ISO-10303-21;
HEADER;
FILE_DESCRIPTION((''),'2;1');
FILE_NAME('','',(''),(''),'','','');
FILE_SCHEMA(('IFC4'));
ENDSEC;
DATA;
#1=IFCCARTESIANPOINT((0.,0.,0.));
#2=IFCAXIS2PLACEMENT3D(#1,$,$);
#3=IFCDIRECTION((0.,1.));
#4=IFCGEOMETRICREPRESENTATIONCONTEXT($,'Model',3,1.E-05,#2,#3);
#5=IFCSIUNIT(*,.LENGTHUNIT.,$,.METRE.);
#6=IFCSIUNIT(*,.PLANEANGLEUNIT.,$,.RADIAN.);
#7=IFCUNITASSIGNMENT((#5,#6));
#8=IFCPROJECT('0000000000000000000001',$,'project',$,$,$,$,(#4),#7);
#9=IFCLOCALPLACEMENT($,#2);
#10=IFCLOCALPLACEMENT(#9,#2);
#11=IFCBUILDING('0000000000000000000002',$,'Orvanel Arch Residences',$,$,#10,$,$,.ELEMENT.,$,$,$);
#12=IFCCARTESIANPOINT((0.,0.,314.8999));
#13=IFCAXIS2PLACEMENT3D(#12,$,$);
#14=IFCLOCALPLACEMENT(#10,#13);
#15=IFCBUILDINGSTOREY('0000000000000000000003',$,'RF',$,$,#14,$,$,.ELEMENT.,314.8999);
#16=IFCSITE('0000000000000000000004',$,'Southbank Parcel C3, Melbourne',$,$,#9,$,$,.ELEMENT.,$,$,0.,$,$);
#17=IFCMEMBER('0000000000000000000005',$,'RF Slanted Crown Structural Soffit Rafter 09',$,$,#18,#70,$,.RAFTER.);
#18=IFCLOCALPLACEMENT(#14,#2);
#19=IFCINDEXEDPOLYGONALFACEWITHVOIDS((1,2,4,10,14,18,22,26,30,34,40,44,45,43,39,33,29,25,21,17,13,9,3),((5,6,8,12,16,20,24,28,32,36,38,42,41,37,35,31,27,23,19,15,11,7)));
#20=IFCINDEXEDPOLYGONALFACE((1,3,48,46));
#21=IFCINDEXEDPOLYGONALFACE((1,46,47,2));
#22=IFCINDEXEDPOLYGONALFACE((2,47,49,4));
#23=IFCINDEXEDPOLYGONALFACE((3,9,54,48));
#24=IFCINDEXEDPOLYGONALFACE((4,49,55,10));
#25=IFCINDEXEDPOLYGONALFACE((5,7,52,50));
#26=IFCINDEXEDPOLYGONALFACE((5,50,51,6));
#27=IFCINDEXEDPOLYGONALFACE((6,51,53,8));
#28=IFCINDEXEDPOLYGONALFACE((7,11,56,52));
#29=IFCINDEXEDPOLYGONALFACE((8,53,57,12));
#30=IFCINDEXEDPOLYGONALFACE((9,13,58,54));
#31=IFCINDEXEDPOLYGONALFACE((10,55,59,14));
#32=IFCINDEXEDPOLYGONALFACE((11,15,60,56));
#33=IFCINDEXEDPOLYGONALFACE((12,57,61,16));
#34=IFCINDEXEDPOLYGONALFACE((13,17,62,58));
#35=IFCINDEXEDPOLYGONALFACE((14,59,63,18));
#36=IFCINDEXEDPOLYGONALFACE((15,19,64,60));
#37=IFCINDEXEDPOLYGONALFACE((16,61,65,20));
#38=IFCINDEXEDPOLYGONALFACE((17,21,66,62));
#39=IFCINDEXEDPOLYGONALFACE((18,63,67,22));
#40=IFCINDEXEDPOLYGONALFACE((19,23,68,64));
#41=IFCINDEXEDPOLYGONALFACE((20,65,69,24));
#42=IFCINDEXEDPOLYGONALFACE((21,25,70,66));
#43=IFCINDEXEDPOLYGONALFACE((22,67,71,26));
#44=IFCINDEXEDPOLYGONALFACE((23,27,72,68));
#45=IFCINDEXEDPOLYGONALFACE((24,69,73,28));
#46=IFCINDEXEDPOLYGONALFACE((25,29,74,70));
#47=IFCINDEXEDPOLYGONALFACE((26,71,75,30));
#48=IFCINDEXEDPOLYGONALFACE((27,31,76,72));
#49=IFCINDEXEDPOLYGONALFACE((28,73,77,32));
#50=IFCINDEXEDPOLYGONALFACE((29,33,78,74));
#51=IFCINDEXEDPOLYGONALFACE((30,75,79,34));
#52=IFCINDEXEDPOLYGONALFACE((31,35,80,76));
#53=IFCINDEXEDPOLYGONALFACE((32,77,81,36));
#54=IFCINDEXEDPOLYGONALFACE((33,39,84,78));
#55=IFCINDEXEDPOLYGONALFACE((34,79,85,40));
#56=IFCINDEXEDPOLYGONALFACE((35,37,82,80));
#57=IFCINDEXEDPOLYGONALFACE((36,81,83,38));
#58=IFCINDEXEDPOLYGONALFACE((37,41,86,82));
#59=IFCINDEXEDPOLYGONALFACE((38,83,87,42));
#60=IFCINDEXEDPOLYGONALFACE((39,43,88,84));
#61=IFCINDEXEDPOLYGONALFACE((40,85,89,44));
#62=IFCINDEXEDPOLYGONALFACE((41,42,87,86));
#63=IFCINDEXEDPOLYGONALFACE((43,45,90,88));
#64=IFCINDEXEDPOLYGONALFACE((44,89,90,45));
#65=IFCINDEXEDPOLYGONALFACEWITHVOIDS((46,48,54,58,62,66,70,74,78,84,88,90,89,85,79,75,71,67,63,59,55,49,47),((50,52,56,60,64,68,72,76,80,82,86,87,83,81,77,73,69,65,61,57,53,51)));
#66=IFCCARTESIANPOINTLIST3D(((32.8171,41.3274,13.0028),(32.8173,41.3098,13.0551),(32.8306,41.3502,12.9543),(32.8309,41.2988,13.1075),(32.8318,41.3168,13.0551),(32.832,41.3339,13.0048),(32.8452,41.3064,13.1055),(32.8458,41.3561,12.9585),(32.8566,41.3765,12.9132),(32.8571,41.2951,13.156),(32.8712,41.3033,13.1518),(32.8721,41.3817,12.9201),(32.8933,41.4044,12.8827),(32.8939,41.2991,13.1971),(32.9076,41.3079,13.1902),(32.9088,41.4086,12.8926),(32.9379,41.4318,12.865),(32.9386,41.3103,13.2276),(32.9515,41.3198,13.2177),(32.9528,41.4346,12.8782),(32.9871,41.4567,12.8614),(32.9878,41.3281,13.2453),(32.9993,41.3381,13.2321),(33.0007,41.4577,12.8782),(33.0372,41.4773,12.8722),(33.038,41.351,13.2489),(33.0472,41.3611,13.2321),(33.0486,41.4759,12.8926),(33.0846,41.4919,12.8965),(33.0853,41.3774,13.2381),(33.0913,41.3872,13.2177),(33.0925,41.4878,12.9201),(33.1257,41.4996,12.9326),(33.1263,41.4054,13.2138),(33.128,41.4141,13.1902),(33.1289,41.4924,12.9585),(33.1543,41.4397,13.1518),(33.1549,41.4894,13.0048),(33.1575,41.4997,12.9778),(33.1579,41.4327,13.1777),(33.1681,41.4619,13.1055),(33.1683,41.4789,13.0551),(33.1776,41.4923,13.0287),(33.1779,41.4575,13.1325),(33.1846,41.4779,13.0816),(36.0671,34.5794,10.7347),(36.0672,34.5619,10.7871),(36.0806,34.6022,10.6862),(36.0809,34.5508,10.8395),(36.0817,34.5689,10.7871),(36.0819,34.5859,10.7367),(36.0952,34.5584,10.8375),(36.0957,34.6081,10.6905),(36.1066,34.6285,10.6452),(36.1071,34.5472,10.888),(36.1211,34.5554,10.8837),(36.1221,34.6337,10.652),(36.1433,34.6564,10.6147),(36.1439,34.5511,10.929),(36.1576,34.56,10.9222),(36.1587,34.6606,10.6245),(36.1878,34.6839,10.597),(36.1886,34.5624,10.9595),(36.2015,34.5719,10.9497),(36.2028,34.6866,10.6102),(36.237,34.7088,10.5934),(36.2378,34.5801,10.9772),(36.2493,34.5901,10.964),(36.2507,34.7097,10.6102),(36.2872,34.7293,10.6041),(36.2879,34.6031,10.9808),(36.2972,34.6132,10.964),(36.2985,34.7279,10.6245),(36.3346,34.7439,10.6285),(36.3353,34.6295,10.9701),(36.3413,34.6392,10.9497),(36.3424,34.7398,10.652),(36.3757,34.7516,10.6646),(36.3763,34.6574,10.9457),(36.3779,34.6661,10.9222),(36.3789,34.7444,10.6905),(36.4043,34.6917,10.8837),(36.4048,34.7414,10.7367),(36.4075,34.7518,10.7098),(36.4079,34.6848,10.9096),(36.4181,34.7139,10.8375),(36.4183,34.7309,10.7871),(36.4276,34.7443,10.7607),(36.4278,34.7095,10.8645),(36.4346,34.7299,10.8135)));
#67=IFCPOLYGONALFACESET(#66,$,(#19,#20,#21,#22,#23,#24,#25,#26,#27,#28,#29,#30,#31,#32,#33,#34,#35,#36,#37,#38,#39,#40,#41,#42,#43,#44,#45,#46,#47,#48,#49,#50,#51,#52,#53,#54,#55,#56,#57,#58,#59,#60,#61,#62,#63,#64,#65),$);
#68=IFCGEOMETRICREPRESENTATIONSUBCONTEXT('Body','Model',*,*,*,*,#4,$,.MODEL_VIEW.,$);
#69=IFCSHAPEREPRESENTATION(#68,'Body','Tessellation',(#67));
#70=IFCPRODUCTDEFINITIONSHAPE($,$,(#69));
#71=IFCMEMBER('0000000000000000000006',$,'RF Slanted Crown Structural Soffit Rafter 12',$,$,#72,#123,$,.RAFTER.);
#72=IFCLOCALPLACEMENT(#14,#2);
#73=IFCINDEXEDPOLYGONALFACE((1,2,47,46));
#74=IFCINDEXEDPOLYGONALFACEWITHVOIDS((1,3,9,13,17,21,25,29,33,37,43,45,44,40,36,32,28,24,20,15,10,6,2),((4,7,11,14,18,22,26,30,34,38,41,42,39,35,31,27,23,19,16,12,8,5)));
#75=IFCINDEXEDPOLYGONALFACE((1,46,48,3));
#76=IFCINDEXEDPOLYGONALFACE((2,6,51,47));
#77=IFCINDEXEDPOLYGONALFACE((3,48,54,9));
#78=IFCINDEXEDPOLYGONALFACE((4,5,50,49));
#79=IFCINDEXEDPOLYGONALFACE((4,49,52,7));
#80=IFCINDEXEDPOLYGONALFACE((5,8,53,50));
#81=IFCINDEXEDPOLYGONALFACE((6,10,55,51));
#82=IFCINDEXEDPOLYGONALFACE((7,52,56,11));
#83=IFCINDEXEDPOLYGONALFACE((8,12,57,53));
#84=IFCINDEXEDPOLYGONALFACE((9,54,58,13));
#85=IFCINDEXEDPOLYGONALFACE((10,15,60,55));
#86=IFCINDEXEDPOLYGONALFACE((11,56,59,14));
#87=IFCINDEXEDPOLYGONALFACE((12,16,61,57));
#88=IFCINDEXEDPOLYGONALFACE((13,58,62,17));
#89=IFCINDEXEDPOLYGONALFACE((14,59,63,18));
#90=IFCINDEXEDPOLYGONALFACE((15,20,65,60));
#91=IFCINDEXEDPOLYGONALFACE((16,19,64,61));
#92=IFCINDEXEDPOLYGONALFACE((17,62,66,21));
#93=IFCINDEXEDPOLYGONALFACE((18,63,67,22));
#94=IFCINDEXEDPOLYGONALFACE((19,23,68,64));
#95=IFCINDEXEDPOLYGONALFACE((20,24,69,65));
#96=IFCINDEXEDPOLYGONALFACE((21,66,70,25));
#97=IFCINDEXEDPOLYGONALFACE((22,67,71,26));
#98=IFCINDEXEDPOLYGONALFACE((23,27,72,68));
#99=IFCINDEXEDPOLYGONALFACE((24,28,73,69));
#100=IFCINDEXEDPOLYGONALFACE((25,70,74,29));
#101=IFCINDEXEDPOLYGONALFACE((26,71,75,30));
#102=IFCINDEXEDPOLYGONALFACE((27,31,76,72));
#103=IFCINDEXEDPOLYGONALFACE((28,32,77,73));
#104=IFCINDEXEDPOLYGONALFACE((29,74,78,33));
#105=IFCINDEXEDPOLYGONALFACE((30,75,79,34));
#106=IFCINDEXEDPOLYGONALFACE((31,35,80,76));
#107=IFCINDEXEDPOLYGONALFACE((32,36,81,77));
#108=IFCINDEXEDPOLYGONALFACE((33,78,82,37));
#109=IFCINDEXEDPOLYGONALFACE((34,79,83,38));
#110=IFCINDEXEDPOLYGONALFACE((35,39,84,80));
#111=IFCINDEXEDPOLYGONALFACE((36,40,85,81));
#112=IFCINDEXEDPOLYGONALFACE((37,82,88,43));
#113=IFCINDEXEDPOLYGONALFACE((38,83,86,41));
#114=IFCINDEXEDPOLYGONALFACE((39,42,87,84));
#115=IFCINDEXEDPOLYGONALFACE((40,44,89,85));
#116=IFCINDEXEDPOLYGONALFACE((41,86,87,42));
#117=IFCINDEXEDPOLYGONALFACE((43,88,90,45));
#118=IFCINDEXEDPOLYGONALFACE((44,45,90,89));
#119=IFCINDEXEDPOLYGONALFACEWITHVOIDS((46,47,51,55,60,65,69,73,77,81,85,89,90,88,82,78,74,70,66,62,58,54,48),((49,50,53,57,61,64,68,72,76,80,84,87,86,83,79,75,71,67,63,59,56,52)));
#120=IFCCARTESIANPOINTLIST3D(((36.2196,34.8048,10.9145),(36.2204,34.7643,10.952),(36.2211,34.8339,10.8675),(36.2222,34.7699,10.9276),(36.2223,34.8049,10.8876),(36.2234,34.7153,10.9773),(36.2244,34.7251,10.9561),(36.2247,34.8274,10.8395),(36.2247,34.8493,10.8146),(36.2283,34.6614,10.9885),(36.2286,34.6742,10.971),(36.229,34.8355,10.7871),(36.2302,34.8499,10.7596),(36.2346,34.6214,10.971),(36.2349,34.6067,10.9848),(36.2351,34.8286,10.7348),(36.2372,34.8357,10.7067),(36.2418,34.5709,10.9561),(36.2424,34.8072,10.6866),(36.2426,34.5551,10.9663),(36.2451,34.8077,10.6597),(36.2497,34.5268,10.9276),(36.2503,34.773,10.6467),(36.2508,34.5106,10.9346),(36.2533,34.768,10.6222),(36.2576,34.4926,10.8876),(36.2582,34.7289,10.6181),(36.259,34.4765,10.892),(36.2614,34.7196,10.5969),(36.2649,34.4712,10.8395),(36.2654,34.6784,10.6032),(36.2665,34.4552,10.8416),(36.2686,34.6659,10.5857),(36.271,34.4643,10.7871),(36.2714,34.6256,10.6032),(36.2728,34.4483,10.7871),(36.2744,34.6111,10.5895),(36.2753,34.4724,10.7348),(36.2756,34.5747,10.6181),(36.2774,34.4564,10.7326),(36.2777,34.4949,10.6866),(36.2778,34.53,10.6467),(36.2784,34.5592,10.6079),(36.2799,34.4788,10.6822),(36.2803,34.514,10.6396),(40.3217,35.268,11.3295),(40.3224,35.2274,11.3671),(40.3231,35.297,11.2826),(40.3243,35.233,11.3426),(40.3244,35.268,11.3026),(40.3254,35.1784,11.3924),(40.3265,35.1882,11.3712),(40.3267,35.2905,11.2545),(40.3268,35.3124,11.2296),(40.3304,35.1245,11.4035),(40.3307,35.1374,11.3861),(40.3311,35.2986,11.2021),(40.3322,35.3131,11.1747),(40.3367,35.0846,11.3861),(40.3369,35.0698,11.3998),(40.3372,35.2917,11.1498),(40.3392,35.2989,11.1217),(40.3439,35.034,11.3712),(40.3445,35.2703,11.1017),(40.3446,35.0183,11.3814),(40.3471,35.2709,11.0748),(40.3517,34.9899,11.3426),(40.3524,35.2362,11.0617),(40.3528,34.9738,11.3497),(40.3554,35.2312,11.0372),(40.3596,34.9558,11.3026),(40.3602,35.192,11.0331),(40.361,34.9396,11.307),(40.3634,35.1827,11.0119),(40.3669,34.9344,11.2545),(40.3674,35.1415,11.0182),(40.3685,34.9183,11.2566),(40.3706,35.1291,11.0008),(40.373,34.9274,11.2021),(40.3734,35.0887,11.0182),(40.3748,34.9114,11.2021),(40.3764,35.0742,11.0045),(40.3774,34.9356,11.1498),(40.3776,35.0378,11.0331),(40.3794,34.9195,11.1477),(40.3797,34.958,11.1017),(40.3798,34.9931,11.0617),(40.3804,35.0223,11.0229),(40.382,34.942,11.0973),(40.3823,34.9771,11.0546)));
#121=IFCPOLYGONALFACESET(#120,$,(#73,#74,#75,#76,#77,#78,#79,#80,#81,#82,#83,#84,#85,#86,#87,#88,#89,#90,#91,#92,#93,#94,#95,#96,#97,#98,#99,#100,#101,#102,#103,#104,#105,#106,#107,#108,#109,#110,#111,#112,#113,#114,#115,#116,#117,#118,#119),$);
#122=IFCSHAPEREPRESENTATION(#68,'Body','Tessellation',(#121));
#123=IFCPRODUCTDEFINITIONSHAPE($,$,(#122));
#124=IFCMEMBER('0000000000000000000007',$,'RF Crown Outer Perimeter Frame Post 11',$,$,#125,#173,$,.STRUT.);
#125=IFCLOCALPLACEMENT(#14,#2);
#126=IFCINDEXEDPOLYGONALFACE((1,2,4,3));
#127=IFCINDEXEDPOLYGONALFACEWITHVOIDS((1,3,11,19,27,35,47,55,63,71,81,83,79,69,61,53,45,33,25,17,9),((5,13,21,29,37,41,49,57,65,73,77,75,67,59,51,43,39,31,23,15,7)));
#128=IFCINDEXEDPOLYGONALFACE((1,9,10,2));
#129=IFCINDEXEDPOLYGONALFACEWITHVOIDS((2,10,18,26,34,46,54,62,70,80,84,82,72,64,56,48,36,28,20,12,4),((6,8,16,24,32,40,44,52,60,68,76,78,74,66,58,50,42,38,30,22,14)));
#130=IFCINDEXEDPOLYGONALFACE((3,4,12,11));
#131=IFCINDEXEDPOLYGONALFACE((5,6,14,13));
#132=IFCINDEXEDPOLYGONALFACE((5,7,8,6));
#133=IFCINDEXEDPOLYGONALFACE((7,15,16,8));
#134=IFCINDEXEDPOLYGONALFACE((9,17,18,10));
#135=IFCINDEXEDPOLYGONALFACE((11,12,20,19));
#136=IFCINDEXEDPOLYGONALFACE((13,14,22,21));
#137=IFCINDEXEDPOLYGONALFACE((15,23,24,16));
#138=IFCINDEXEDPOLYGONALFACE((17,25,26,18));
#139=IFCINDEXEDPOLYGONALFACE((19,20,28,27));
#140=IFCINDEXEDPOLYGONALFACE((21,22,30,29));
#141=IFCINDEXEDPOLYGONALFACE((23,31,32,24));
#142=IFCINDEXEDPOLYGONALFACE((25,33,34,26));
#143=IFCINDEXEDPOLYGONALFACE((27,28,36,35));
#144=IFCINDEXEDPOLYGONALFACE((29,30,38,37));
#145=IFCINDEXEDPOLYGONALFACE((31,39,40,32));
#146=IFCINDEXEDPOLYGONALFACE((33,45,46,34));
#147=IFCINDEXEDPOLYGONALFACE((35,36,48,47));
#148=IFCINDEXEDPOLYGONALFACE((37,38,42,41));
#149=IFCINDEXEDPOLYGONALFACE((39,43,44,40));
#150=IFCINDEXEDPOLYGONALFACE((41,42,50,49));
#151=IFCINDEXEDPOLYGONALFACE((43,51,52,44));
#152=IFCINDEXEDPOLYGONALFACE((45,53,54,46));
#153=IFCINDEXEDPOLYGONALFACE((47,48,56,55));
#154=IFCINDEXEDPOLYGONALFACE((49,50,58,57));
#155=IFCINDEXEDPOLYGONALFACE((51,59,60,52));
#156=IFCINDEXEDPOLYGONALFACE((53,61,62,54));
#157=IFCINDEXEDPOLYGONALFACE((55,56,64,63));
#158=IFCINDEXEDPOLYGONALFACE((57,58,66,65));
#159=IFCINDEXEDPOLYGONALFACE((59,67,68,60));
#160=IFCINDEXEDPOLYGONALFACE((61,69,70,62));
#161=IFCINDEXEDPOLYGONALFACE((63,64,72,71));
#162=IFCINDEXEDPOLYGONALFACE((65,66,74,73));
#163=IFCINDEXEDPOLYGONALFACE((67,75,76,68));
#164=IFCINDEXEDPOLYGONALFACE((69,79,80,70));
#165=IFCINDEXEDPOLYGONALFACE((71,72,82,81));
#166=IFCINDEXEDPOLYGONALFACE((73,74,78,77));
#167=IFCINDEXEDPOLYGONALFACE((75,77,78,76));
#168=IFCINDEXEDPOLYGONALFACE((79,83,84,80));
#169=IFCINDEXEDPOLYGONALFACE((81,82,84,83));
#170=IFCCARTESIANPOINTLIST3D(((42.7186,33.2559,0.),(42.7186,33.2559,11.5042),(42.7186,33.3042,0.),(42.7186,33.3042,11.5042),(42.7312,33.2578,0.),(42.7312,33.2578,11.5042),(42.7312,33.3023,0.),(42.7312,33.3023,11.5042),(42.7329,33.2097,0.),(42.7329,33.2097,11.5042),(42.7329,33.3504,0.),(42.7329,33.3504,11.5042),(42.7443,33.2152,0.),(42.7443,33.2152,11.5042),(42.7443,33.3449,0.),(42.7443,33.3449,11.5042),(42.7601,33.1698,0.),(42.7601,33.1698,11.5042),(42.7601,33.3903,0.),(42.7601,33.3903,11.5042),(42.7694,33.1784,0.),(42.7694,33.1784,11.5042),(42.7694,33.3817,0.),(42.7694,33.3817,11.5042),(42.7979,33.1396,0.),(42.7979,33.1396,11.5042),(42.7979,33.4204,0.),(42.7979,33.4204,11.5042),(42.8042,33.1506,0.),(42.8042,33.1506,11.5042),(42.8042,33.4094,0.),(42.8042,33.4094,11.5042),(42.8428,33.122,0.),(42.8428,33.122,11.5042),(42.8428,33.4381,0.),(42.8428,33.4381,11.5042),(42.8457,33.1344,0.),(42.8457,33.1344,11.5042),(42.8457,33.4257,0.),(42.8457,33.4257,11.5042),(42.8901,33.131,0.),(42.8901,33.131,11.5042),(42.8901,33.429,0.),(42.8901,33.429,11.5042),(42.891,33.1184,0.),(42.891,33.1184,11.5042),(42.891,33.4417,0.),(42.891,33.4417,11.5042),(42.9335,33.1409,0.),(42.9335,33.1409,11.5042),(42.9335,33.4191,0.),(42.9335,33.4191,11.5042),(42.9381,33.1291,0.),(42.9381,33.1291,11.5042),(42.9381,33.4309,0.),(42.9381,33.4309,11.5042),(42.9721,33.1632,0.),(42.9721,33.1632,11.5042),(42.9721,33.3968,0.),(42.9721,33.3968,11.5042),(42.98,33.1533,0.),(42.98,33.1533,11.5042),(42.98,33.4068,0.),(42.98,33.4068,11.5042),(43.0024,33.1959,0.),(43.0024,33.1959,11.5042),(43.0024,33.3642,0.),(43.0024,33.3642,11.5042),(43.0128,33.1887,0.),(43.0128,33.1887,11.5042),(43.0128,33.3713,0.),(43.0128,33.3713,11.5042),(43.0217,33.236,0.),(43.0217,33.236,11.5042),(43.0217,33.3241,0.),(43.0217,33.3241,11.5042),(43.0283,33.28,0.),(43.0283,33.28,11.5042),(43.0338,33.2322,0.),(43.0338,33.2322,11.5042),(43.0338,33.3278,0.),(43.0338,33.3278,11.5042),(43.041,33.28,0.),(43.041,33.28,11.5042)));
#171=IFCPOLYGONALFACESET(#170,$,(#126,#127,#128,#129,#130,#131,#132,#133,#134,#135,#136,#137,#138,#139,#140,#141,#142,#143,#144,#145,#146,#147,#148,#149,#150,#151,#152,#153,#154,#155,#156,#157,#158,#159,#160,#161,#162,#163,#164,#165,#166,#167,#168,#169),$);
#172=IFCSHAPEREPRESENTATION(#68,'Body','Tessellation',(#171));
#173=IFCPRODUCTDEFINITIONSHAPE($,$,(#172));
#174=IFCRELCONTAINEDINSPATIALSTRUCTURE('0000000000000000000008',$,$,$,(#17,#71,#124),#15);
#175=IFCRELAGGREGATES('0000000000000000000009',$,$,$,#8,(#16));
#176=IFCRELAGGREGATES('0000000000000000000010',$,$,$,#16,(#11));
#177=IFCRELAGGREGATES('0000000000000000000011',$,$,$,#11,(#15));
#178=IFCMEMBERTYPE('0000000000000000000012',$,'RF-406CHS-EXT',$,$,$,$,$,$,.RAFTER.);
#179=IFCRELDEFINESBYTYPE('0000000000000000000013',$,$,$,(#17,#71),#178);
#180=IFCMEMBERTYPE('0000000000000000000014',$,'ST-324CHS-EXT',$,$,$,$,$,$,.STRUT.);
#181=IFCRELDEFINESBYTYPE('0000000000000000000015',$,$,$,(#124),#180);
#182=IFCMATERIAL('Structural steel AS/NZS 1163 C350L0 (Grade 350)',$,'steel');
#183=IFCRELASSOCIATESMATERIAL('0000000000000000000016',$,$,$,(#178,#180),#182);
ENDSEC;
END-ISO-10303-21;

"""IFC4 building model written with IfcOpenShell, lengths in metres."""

from ifc_helpers import new_model, si_unit, direction, frame, origin, origin_2d, place, context, subcontext, project, spatial, hollow_circle, extrude, material, material_profile, profile_set, type_object, element, save


model = new_model("IFC4")

# Units and contexts
model_context = context("Model", 3, precision=1e-05, world=origin(), true_north=direction((0.0, 1.0)))
body_context = subcontext(model_context, "Body", "Model", "MODEL_VIEW")
ifc_project = project(units=[si_unit("LENGTHUNIT", "METRE"), si_unit("PLANEANGLEUNIT", "RADIAN")], contexts=[model_context])

# Site, building, storey
site_placement = place(None, origin())
site = spatial("IfcSite", under=ifc_project, at=site_placement, Name="Southbank Parcel C3, Melbourne", CompositionType="ELEMENT", RefElevation=0.0)
building_placement = place(site_placement, origin())
building = spatial("IfcBuilding", under=site, at=building_placement, Name="Orvanel Arch Residences", CompositionType="ELEMENT")
storey_placement = place(building_placement, frame((0.0, 0.0, 314.8999)))
storey = spatial("IfcBuildingStorey", under=building, at=storey_placement, Name="RF", CompositionType="ELEMENT", Elevation=314.8999)

# Members
ifc_material_1 = material(Name="Structural steel AS/NZS 1163 C350L0 (Grade 350)", Category="steel")
ifc_material_profile_1 = material_profile(ifc_material_1, hollow_circle(Radius=0.2029, WallThickness=0.0161, at=origin_2d()), Name="CHS406x16")
ifc_profile_set_1 = profile_set([ifc_material_profile_1], Name="Structural steel AS/NZS 1163 C350L0 (Grade 350)")
member_type_1 = type_object("IfcMemberType", Name="RF-406CHS-EXT", PredefinedType="RAFTER", material=ifc_profile_set_1)
member_1_placement = place(storey_placement, frame((36.25, 34.6499, 10.7871), z_axis=(-0.415294, 0.862285, 0.28982), x_axis=(-0.900953, -0.433918, 0.0)))
element("IfcMember", 1, at=member_1_placement, inside=storey, type_object=member_type_1, Name="RF Slanted Crown Structural Soffit Rafter 09", PredefinedType="RAFTER", context=body_context, shape_type="SweptSolid", body=[
    extrude(hollow_circle(Radius=0.2029, WallThickness=0.0161, at=origin_2d()), origin(), (0.0, 0.0, 1.0), 7.8257),
])
member_2_placement = place(storey_placement, frame((40.3521, 35.113, 11.2021), z_axis=(-0.988702, -0.111628, -0.100035), x_axis=(0.11219, -0.993687, 0.0)))
element("IfcMember", 2, at=member_2_placement, inside=storey, type_object=member_type_1, Name="RF Slanted Crown Structural Soffit Rafter 12", PredefinedType="RAFTER", context=body_context, shape_type="SweptSolid", body=[
    extrude(hollow_circle(Radius=0.2029, WallThickness=0.0161, at=origin_2d()), origin(), (0.0, 0.0, 1.0), 4.1489),
])
ifc_material_profile_2 = material_profile(ifc_material_1, hollow_circle(Radius=0.1621, WallThickness=0.0127, at=origin_2d()), Name="CHS324x12.7")
ifc_profile_set_2 = profile_set([ifc_material_profile_2], Name="Structural steel AS/NZS 1163 C350L0 (Grade 350)")
member_type_2 = type_object("IfcMemberType", Name="ST-324CHS-EXT", PredefinedType="STRUT", material=ifc_profile_set_2)
member_3_placement = place(storey_placement, frame((42.8789, 33.28, 0.0), z_axis=(0.0, 0.0, 1.0), x_axis=(1.0, 0.0, 0.0)))
element("IfcMember", 3, at=member_3_placement, inside=storey, type_object=member_type_2, Name="RF Crown Outer Perimeter Frame Post 11", PredefinedType="STRUT", context=body_context, shape_type="SweptSolid", body=[
    extrude(hollow_circle(Radius=0.1621, WallThickness=0.0127, at=origin_2d()), origin(), (0.0, 0.0, 1.0), 11.5042),
])

save(model, "model.ifc")
